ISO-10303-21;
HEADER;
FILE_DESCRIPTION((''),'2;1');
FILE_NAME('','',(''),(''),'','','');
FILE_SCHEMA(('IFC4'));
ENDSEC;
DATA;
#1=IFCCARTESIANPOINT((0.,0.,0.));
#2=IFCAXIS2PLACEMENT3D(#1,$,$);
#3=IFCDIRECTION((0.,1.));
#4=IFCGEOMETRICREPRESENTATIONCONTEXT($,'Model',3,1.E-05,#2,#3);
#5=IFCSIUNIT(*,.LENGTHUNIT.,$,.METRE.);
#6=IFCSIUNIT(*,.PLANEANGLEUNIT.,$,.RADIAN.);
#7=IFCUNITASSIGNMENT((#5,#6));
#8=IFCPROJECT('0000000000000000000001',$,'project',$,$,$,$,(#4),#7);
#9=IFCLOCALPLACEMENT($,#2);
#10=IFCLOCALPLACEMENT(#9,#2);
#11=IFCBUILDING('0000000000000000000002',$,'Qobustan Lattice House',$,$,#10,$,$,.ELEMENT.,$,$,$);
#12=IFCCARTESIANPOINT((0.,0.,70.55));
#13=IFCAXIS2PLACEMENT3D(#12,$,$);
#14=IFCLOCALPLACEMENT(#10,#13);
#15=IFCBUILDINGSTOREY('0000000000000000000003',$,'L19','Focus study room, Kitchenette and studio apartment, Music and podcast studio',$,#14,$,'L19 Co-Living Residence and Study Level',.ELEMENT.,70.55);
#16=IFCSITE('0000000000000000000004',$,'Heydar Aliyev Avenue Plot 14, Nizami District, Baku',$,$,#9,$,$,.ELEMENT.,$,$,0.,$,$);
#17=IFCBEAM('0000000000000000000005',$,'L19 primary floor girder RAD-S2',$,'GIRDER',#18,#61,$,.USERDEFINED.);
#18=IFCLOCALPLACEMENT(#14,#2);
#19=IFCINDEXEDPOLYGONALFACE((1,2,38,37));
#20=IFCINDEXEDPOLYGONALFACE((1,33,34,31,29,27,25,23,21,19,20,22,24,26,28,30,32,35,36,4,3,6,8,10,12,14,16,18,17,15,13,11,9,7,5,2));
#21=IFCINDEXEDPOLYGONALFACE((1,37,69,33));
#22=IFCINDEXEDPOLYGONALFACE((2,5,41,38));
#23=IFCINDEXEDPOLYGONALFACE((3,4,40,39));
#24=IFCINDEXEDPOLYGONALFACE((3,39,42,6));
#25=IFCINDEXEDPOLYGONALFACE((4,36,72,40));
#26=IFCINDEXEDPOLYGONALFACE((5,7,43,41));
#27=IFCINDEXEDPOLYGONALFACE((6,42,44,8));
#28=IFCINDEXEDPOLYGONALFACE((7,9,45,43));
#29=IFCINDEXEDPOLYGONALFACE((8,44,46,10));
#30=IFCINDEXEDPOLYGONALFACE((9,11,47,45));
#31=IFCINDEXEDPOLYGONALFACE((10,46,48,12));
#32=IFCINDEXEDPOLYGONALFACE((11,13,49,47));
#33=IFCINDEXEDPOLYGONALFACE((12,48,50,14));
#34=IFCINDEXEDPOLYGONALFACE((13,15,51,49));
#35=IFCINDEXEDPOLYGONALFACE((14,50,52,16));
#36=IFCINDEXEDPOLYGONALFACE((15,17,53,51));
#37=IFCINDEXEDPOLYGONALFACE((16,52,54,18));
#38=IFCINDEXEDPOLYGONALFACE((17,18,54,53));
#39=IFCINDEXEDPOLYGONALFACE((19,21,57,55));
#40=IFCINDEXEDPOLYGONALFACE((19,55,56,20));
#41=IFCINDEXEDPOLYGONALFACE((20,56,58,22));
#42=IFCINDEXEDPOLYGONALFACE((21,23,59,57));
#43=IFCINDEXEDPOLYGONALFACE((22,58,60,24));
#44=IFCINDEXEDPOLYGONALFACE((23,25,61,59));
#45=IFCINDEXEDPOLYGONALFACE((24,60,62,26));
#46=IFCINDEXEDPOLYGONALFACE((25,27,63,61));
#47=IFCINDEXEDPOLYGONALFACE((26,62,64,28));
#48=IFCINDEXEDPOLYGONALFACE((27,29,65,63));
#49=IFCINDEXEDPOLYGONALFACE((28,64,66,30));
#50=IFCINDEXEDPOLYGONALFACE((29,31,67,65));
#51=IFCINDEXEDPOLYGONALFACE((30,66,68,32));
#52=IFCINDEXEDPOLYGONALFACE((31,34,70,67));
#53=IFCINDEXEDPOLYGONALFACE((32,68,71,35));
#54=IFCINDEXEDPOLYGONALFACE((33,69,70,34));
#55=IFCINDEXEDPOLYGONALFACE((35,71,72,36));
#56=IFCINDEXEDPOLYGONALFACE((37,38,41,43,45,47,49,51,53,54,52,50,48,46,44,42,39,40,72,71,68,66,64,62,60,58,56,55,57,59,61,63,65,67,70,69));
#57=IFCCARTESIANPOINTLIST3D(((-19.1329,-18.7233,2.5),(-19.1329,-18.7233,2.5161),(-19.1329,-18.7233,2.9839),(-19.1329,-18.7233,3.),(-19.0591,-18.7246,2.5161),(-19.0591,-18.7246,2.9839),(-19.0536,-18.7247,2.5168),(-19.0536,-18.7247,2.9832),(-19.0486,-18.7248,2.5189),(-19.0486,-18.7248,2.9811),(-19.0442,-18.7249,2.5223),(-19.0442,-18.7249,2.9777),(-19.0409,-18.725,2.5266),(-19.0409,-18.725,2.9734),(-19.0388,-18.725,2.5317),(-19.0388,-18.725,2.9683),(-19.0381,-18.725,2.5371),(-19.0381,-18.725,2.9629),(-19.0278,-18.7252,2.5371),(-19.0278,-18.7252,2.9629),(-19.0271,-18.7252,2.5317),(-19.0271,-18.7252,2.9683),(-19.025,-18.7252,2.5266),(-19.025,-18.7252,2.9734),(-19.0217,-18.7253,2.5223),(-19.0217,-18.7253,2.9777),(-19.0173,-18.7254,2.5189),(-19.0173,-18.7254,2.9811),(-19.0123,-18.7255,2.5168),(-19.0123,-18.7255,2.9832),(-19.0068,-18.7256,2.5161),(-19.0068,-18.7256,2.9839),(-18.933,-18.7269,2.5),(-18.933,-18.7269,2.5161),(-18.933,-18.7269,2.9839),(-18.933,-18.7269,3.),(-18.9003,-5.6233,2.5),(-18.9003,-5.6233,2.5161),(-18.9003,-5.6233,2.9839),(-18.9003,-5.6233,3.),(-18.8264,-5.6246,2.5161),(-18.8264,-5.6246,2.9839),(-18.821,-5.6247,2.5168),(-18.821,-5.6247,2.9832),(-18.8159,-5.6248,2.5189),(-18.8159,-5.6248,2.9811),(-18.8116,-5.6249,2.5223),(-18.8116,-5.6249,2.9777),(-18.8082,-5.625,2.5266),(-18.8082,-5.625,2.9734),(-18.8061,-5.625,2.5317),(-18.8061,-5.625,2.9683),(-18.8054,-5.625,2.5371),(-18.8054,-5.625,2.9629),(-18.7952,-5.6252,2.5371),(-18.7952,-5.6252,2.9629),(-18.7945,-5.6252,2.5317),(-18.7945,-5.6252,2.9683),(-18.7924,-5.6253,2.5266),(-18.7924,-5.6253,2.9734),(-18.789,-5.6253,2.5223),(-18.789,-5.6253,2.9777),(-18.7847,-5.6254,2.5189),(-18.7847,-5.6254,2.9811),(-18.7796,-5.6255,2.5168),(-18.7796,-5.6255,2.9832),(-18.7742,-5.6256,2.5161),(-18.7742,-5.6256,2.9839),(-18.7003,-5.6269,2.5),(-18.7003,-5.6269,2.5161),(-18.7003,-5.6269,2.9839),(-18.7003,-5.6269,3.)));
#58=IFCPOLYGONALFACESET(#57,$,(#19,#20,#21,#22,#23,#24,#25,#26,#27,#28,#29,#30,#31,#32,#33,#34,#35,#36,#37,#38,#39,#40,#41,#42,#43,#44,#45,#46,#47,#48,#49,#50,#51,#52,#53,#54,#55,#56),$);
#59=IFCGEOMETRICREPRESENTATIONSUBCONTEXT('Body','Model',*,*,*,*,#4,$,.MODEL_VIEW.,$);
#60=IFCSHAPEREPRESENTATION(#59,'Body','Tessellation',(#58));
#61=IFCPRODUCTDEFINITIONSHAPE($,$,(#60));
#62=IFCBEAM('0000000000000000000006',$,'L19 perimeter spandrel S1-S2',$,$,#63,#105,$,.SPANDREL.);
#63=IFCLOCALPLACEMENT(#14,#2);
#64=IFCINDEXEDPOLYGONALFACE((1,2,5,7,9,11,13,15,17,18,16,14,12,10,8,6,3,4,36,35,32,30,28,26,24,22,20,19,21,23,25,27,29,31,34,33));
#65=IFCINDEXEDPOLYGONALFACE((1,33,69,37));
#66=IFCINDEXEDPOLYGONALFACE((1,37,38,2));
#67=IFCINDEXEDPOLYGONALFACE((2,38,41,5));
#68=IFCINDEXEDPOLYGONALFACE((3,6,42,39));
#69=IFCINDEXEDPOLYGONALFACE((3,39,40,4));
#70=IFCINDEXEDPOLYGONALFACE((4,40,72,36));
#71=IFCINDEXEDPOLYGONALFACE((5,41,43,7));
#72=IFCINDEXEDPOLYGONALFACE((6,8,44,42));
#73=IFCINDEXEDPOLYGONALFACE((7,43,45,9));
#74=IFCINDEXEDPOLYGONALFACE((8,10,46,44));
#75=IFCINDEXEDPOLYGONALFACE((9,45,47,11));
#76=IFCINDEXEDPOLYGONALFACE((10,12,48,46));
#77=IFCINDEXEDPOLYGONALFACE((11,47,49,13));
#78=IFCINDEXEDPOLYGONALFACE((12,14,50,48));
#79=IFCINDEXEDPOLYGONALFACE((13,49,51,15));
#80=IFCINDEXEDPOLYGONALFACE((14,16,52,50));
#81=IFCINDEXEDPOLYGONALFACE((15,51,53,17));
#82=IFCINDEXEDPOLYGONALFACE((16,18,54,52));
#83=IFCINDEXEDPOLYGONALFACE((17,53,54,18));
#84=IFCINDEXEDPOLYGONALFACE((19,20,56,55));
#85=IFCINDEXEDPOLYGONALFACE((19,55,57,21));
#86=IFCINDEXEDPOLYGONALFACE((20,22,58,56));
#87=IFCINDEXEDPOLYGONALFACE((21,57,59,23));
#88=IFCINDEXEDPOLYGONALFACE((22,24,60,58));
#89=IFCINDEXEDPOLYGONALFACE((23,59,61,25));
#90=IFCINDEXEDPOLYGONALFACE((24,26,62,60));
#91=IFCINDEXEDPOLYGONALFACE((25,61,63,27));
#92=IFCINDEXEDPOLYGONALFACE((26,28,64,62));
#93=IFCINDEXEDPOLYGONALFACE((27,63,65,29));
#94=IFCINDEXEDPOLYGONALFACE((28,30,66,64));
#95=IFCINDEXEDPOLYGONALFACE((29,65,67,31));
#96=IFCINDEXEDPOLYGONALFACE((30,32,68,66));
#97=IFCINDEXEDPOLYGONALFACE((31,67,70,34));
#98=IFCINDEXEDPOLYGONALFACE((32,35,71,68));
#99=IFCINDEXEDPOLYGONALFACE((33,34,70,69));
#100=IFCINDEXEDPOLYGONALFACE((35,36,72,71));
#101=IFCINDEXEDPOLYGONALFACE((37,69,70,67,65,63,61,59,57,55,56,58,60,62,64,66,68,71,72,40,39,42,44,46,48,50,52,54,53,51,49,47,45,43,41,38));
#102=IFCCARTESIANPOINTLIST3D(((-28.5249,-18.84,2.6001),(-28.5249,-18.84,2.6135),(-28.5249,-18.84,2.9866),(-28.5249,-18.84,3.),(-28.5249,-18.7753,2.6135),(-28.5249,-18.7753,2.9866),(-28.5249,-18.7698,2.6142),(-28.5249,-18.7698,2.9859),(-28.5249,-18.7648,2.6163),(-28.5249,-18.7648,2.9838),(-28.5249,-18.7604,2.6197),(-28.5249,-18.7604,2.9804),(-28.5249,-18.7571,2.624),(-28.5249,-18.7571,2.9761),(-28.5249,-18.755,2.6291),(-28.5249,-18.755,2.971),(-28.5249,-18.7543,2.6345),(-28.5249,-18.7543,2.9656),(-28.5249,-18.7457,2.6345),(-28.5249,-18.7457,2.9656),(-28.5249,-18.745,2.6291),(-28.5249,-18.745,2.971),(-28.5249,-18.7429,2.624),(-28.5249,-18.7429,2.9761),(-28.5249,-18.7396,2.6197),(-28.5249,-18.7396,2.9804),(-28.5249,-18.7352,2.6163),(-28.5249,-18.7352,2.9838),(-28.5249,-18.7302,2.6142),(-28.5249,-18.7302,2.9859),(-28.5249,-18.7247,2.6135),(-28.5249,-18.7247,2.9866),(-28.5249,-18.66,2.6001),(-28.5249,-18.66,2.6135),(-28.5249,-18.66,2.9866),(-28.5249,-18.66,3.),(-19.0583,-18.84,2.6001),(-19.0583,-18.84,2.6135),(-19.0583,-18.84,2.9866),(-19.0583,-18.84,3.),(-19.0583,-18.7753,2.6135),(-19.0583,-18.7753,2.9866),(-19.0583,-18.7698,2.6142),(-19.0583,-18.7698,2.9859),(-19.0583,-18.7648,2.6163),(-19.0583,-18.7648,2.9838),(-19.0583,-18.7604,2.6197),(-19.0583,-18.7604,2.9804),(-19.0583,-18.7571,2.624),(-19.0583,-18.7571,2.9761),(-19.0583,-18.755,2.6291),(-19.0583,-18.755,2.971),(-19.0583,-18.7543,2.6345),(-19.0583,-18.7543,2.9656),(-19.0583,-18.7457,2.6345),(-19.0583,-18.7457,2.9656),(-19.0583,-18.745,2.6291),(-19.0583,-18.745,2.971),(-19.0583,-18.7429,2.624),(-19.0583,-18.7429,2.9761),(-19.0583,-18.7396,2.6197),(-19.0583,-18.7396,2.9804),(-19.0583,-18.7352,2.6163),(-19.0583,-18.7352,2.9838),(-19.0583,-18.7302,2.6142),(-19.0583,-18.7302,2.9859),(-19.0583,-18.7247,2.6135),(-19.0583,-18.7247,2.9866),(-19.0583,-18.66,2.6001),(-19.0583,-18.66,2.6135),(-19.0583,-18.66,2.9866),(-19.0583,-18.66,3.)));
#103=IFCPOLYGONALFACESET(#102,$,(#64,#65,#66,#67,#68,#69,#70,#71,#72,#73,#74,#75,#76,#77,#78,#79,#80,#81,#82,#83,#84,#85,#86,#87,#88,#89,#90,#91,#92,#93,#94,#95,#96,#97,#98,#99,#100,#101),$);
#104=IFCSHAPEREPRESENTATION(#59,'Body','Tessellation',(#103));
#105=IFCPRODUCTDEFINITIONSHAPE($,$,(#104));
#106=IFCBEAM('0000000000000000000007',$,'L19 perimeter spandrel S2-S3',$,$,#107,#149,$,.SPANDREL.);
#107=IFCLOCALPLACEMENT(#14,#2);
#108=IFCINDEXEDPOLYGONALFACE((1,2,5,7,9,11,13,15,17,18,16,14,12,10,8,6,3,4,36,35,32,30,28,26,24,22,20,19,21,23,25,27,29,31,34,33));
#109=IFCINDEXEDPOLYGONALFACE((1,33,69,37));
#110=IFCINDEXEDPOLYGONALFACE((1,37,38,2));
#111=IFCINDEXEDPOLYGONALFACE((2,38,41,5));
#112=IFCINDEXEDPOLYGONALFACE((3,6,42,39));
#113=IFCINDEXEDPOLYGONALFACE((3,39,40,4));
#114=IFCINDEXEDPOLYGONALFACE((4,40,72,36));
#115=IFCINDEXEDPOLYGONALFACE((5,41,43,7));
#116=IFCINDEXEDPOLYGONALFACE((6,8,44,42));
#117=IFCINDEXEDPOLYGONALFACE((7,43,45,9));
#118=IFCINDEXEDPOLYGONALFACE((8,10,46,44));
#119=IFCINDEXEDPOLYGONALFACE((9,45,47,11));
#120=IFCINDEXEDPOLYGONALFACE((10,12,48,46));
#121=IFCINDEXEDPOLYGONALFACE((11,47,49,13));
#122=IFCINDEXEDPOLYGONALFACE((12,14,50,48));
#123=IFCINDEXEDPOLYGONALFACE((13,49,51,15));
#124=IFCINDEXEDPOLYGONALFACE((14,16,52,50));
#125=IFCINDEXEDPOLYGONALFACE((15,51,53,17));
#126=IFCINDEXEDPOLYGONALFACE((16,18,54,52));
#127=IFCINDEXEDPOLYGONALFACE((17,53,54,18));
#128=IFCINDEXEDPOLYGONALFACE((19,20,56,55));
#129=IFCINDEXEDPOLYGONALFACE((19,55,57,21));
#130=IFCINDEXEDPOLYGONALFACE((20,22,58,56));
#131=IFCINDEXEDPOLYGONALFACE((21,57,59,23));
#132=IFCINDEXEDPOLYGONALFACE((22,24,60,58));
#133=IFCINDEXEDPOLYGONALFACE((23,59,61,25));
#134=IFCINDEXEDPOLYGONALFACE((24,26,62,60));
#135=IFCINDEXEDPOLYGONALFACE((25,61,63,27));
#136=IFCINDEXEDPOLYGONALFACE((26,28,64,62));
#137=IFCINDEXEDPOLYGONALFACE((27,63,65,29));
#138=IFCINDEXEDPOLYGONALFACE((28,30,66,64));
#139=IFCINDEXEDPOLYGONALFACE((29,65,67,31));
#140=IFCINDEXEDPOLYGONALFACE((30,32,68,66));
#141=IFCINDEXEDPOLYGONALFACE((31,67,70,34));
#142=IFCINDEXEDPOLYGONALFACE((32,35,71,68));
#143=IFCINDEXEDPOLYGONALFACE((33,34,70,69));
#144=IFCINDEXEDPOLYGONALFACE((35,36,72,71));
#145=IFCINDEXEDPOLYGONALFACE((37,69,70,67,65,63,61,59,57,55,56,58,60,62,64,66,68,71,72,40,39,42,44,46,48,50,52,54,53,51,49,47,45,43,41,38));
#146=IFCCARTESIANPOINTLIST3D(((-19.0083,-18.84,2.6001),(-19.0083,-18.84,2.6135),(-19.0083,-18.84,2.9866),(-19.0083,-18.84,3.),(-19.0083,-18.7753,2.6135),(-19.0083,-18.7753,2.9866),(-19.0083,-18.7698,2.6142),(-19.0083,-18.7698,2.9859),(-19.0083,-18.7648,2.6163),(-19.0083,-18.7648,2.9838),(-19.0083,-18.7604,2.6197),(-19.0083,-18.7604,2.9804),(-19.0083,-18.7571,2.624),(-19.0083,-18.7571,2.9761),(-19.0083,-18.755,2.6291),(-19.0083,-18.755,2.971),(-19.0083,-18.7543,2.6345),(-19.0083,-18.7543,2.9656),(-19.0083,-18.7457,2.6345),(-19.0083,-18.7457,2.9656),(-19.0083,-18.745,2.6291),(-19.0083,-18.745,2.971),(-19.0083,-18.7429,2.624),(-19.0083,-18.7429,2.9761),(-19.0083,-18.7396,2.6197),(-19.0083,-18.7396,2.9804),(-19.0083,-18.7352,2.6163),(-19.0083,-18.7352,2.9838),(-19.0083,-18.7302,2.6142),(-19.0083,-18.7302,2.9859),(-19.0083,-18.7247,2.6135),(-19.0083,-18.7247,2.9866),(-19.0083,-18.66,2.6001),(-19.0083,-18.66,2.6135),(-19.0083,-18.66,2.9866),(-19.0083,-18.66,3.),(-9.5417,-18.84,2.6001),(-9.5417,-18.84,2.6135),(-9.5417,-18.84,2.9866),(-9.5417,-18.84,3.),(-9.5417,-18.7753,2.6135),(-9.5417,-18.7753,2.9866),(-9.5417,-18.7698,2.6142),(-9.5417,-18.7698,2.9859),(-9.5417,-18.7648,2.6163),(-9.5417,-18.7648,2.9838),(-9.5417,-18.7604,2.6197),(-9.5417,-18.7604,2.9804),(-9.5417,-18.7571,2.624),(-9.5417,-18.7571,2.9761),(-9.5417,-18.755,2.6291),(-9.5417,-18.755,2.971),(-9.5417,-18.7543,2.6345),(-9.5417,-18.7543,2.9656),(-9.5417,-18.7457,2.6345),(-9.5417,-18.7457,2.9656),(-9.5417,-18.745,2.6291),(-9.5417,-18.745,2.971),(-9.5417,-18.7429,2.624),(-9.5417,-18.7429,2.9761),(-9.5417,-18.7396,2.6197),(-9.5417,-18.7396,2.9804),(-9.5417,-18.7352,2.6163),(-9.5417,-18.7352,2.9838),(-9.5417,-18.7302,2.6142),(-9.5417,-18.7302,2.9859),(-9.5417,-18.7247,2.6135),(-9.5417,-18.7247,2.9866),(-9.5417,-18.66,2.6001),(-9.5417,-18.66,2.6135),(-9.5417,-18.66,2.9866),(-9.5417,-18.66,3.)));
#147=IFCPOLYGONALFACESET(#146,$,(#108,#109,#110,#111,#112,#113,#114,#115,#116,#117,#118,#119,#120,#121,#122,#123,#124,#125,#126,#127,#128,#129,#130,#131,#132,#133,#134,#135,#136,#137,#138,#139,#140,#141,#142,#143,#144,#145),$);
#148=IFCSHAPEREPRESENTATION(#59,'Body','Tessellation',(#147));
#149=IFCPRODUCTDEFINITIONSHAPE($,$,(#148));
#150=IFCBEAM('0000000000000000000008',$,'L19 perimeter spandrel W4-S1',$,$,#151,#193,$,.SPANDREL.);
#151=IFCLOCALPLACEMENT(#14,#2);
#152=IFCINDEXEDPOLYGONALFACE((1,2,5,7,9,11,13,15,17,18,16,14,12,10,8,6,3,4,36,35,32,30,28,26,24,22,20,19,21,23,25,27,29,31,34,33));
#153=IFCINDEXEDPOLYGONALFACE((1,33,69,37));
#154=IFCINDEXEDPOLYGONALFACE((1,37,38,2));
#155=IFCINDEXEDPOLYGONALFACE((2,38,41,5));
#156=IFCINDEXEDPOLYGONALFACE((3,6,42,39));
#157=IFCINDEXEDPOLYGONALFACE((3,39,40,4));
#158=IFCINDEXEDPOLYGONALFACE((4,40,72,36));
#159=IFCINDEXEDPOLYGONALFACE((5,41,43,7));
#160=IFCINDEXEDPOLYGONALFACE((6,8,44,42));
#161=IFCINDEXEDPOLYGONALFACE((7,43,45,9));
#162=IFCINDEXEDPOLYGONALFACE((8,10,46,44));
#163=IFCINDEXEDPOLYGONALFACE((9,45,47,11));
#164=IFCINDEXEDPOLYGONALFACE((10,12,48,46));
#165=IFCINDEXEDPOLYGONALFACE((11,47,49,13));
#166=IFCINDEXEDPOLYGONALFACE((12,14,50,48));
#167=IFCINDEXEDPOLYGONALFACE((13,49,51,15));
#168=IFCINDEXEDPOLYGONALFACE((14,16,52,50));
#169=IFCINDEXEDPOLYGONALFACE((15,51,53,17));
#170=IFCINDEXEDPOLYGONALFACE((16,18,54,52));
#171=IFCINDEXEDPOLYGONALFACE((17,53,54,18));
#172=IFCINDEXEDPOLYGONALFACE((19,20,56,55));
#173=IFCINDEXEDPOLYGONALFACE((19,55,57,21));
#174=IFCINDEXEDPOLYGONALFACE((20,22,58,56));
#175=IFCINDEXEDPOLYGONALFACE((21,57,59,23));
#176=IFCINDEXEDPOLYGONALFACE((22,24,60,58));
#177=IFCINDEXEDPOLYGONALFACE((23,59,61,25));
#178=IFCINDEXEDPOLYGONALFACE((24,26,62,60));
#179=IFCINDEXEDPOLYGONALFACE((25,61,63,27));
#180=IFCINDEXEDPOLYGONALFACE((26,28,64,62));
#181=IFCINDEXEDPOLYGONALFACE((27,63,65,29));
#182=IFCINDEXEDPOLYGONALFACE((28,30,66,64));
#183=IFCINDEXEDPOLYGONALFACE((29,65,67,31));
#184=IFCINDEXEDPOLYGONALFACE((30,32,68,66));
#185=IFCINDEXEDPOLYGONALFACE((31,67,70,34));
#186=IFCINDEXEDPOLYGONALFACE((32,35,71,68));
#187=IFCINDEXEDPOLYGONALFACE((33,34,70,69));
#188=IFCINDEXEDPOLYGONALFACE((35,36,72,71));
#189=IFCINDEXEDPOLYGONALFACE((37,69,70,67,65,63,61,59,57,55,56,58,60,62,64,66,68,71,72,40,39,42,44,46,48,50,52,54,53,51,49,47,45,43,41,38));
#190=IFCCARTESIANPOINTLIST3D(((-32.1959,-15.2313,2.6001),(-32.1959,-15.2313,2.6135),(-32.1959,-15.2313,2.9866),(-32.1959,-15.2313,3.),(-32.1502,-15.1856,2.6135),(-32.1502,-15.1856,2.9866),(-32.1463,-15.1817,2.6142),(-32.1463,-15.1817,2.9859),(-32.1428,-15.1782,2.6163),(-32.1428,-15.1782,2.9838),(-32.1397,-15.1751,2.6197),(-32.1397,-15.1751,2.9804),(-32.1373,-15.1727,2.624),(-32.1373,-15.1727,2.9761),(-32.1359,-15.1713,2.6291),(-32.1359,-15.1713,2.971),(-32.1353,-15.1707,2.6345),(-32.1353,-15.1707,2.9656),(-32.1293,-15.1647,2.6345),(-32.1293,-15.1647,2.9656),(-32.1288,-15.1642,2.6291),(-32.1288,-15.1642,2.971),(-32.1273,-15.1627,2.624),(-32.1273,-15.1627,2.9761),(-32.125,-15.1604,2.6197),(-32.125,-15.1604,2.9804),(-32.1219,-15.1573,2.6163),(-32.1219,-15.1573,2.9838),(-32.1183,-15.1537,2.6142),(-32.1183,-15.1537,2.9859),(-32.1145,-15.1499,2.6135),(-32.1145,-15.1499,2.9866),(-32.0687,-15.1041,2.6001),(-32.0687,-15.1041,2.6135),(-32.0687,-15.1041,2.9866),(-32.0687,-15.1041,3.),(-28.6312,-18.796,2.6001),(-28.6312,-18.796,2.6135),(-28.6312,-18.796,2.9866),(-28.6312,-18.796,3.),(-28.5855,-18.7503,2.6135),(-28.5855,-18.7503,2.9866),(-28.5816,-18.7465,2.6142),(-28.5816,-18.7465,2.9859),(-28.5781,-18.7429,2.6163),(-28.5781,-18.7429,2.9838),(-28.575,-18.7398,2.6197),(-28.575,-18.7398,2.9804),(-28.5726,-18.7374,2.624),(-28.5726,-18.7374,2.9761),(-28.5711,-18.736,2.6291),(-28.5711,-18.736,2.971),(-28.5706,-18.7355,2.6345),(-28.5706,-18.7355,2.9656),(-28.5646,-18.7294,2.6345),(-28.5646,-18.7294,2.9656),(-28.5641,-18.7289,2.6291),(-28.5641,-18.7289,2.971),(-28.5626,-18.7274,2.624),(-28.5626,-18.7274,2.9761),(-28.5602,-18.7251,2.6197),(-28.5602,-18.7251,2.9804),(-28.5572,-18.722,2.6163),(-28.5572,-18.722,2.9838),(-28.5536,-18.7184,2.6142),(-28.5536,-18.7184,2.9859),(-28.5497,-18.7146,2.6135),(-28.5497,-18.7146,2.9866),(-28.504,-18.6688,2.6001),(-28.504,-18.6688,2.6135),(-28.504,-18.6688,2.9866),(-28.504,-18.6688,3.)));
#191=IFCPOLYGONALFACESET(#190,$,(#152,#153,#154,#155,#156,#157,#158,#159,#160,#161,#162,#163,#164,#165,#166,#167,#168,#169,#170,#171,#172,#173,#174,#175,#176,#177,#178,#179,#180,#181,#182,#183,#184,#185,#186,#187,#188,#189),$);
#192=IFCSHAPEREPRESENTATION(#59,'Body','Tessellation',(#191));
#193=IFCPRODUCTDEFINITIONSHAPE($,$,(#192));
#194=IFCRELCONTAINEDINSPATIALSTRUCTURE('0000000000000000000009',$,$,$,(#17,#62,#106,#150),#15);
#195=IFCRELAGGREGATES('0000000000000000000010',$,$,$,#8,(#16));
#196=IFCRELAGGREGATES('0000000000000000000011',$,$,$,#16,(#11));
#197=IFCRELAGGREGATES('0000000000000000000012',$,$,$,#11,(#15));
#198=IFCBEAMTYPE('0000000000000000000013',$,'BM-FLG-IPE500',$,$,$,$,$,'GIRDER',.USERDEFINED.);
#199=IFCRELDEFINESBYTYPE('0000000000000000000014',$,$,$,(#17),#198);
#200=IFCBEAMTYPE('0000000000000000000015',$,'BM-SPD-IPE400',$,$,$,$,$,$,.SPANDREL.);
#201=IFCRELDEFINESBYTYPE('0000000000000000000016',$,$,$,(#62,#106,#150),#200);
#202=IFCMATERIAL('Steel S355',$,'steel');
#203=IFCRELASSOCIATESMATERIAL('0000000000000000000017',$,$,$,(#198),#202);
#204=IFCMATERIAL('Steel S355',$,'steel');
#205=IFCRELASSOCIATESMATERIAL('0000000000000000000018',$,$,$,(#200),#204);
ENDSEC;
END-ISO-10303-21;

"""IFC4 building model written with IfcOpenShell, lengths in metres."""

from ifc_helpers import new_model, si_unit, direction, frame, origin, origin_2d, place, context, subcontext, project, spatial, i_section, extrude, material, material_profile, profile_set, type_object, element, save


model = new_model("IFC4")

# Units and contexts
model_context = context("Model", 3, precision=1e-05, world=origin(), true_north=direction((0.0, 1.0)))
body_context = subcontext(model_context, "Body", "Model", "MODEL_VIEW")
ifc_project = project(units=[si_unit("LENGTHUNIT", "METRE"), si_unit("PLANEANGLEUNIT", "RADIAN")], contexts=[model_context])

# Site, building, storey
site_placement = place(None, origin())
site = spatial("IfcSite", under=ifc_project, at=site_placement, Name="Heydar Aliyev Avenue Plot 14, Nizami District, Baku", CompositionType="ELEMENT", RefElevation=0.0)
building_placement = place(site_placement, origin())
building = spatial("IfcBuilding", under=site, at=building_placement, Name="Qobustan Lattice House", CompositionType="ELEMENT")
storey_placement = place(building_placement, frame((0.0, 0.0, 70.55)))
storey = spatial("IfcBuildingStorey", under=building, at=storey_placement, Name="L19", Description="Focus study room, Kitchenette and studio apartment, Music and podcast studio", LongName="L19 Co-Living Residence and Study Level", CompositionType="ELEMENT", Elevation=70.55)

# Beams
ifc_material_1 = material(Name="Steel S355", Category="steel")
ifc_material_profile_1 = material_profile(ifc_material_1, i_section(OverallWidth=0.2, OverallDepth=0.5, WebThickness=0.0103, FlangeThickness=0.0161, FilletRadius=0.021, at=origin_2d()), Name="IPE500")
ifc_profile_set_1 = profile_set([ifc_material_profile_1], Name="Steel S355")
beam_type_1 = type_object("IfcBeamType", Name="BM-FLG-IPE500", ElementType="GIRDER", PredefinedType="USERDEFINED", material=ifc_profile_set_1)
beam_1_placement = place(storey_placement, frame((-19.033, -18.7251, 2.75), z_axis=(0.017758, 0.999842, 0.0), x_axis=(-0.999842, 0.017758, 0.0)))
element("IfcBeam", 1, at=beam_1_placement, inside=storey, type_object=beam_type_1, Name="L19 primary floor girder RAD-S2", ObjectType="GIRDER", PredefinedType="USERDEFINED", context=body_context, shape_type="SweptSolid", body=[
    extrude(i_section(OverallWidth=0.2, OverallDepth=0.5, WebThickness=0.0103, FlangeThickness=0.0161, FilletRadius=0.021, at=origin_2d()), origin(), (0.0, 0.0, 1.0), 13.1021),
])
ifc_material_2 = material(Name="Steel S355", Category="steel")
ifc_material_profile_2 = material_profile(ifc_material_2, i_section(OverallWidth=0.1799, OverallDepth=0.3999, WebThickness=0.0085, FlangeThickness=0.0134, FilletRadius=0.021, at=origin_2d()), Name="IPE400")
ifc_profile_set_2 = profile_set([ifc_material_profile_2], Name="Steel S355")
beam_type_2 = type_object("IfcBeamType", Name="BM-SPD-IPE400", PredefinedType="SPANDREL", material=ifc_profile_set_2)
for number, where, z_axis, x_axis, name in (
    (2, (-28.5249, -18.75, 2.8), (1.0, 0.0, 0.0), (0.0, 1.0, 0.0), "L19 perimeter spandrel S1-S2"),
    (3, (-19.0083, -18.75, 2.8), (1.0, 0.0, 0.0), (0.0, 1.0, 0.0), "L19 perimeter spandrel S2-S3"),
):
    element("IfcBeam", number, at=place(storey_placement, frame(where, z_axis=z_axis, x_axis=x_axis)), inside=storey, type_object=beam_type_2, Name=name, PredefinedType="SPANDREL", context=body_context, shape_type="SweptSolid", body=[
        extrude(i_section(OverallWidth=0.1799, OverallDepth=0.3999, WebThickness=0.0085, FlangeThickness=0.0134, FilletRadius=0.021, at=origin_2d()), origin(), (0.0, 0.0, 1.0), 9.4666),
    ])
beam_2_placement = place(storey_placement, frame((-32.1323, -15.1677, 2.8), z_axis=(0.707107, -0.707107, 0.0), x_axis=(0.707107, 0.707107, 0.0)))
element("IfcBeam", 4, at=beam_2_placement, inside=storey, type_object=beam_type_2, Name="L19 perimeter spandrel W4-S1", PredefinedType="SPANDREL", context=body_context, shape_type="SweptSolid", body=[
    extrude(i_section(OverallWidth=0.1799, OverallDepth=0.3999, WebThickness=0.0085, FlangeThickness=0.0134, FilletRadius=0.021, at=origin_2d()), origin(), (0.0, 0.0, 1.0), 5.0413),
])

save(model, "model.ifc")
